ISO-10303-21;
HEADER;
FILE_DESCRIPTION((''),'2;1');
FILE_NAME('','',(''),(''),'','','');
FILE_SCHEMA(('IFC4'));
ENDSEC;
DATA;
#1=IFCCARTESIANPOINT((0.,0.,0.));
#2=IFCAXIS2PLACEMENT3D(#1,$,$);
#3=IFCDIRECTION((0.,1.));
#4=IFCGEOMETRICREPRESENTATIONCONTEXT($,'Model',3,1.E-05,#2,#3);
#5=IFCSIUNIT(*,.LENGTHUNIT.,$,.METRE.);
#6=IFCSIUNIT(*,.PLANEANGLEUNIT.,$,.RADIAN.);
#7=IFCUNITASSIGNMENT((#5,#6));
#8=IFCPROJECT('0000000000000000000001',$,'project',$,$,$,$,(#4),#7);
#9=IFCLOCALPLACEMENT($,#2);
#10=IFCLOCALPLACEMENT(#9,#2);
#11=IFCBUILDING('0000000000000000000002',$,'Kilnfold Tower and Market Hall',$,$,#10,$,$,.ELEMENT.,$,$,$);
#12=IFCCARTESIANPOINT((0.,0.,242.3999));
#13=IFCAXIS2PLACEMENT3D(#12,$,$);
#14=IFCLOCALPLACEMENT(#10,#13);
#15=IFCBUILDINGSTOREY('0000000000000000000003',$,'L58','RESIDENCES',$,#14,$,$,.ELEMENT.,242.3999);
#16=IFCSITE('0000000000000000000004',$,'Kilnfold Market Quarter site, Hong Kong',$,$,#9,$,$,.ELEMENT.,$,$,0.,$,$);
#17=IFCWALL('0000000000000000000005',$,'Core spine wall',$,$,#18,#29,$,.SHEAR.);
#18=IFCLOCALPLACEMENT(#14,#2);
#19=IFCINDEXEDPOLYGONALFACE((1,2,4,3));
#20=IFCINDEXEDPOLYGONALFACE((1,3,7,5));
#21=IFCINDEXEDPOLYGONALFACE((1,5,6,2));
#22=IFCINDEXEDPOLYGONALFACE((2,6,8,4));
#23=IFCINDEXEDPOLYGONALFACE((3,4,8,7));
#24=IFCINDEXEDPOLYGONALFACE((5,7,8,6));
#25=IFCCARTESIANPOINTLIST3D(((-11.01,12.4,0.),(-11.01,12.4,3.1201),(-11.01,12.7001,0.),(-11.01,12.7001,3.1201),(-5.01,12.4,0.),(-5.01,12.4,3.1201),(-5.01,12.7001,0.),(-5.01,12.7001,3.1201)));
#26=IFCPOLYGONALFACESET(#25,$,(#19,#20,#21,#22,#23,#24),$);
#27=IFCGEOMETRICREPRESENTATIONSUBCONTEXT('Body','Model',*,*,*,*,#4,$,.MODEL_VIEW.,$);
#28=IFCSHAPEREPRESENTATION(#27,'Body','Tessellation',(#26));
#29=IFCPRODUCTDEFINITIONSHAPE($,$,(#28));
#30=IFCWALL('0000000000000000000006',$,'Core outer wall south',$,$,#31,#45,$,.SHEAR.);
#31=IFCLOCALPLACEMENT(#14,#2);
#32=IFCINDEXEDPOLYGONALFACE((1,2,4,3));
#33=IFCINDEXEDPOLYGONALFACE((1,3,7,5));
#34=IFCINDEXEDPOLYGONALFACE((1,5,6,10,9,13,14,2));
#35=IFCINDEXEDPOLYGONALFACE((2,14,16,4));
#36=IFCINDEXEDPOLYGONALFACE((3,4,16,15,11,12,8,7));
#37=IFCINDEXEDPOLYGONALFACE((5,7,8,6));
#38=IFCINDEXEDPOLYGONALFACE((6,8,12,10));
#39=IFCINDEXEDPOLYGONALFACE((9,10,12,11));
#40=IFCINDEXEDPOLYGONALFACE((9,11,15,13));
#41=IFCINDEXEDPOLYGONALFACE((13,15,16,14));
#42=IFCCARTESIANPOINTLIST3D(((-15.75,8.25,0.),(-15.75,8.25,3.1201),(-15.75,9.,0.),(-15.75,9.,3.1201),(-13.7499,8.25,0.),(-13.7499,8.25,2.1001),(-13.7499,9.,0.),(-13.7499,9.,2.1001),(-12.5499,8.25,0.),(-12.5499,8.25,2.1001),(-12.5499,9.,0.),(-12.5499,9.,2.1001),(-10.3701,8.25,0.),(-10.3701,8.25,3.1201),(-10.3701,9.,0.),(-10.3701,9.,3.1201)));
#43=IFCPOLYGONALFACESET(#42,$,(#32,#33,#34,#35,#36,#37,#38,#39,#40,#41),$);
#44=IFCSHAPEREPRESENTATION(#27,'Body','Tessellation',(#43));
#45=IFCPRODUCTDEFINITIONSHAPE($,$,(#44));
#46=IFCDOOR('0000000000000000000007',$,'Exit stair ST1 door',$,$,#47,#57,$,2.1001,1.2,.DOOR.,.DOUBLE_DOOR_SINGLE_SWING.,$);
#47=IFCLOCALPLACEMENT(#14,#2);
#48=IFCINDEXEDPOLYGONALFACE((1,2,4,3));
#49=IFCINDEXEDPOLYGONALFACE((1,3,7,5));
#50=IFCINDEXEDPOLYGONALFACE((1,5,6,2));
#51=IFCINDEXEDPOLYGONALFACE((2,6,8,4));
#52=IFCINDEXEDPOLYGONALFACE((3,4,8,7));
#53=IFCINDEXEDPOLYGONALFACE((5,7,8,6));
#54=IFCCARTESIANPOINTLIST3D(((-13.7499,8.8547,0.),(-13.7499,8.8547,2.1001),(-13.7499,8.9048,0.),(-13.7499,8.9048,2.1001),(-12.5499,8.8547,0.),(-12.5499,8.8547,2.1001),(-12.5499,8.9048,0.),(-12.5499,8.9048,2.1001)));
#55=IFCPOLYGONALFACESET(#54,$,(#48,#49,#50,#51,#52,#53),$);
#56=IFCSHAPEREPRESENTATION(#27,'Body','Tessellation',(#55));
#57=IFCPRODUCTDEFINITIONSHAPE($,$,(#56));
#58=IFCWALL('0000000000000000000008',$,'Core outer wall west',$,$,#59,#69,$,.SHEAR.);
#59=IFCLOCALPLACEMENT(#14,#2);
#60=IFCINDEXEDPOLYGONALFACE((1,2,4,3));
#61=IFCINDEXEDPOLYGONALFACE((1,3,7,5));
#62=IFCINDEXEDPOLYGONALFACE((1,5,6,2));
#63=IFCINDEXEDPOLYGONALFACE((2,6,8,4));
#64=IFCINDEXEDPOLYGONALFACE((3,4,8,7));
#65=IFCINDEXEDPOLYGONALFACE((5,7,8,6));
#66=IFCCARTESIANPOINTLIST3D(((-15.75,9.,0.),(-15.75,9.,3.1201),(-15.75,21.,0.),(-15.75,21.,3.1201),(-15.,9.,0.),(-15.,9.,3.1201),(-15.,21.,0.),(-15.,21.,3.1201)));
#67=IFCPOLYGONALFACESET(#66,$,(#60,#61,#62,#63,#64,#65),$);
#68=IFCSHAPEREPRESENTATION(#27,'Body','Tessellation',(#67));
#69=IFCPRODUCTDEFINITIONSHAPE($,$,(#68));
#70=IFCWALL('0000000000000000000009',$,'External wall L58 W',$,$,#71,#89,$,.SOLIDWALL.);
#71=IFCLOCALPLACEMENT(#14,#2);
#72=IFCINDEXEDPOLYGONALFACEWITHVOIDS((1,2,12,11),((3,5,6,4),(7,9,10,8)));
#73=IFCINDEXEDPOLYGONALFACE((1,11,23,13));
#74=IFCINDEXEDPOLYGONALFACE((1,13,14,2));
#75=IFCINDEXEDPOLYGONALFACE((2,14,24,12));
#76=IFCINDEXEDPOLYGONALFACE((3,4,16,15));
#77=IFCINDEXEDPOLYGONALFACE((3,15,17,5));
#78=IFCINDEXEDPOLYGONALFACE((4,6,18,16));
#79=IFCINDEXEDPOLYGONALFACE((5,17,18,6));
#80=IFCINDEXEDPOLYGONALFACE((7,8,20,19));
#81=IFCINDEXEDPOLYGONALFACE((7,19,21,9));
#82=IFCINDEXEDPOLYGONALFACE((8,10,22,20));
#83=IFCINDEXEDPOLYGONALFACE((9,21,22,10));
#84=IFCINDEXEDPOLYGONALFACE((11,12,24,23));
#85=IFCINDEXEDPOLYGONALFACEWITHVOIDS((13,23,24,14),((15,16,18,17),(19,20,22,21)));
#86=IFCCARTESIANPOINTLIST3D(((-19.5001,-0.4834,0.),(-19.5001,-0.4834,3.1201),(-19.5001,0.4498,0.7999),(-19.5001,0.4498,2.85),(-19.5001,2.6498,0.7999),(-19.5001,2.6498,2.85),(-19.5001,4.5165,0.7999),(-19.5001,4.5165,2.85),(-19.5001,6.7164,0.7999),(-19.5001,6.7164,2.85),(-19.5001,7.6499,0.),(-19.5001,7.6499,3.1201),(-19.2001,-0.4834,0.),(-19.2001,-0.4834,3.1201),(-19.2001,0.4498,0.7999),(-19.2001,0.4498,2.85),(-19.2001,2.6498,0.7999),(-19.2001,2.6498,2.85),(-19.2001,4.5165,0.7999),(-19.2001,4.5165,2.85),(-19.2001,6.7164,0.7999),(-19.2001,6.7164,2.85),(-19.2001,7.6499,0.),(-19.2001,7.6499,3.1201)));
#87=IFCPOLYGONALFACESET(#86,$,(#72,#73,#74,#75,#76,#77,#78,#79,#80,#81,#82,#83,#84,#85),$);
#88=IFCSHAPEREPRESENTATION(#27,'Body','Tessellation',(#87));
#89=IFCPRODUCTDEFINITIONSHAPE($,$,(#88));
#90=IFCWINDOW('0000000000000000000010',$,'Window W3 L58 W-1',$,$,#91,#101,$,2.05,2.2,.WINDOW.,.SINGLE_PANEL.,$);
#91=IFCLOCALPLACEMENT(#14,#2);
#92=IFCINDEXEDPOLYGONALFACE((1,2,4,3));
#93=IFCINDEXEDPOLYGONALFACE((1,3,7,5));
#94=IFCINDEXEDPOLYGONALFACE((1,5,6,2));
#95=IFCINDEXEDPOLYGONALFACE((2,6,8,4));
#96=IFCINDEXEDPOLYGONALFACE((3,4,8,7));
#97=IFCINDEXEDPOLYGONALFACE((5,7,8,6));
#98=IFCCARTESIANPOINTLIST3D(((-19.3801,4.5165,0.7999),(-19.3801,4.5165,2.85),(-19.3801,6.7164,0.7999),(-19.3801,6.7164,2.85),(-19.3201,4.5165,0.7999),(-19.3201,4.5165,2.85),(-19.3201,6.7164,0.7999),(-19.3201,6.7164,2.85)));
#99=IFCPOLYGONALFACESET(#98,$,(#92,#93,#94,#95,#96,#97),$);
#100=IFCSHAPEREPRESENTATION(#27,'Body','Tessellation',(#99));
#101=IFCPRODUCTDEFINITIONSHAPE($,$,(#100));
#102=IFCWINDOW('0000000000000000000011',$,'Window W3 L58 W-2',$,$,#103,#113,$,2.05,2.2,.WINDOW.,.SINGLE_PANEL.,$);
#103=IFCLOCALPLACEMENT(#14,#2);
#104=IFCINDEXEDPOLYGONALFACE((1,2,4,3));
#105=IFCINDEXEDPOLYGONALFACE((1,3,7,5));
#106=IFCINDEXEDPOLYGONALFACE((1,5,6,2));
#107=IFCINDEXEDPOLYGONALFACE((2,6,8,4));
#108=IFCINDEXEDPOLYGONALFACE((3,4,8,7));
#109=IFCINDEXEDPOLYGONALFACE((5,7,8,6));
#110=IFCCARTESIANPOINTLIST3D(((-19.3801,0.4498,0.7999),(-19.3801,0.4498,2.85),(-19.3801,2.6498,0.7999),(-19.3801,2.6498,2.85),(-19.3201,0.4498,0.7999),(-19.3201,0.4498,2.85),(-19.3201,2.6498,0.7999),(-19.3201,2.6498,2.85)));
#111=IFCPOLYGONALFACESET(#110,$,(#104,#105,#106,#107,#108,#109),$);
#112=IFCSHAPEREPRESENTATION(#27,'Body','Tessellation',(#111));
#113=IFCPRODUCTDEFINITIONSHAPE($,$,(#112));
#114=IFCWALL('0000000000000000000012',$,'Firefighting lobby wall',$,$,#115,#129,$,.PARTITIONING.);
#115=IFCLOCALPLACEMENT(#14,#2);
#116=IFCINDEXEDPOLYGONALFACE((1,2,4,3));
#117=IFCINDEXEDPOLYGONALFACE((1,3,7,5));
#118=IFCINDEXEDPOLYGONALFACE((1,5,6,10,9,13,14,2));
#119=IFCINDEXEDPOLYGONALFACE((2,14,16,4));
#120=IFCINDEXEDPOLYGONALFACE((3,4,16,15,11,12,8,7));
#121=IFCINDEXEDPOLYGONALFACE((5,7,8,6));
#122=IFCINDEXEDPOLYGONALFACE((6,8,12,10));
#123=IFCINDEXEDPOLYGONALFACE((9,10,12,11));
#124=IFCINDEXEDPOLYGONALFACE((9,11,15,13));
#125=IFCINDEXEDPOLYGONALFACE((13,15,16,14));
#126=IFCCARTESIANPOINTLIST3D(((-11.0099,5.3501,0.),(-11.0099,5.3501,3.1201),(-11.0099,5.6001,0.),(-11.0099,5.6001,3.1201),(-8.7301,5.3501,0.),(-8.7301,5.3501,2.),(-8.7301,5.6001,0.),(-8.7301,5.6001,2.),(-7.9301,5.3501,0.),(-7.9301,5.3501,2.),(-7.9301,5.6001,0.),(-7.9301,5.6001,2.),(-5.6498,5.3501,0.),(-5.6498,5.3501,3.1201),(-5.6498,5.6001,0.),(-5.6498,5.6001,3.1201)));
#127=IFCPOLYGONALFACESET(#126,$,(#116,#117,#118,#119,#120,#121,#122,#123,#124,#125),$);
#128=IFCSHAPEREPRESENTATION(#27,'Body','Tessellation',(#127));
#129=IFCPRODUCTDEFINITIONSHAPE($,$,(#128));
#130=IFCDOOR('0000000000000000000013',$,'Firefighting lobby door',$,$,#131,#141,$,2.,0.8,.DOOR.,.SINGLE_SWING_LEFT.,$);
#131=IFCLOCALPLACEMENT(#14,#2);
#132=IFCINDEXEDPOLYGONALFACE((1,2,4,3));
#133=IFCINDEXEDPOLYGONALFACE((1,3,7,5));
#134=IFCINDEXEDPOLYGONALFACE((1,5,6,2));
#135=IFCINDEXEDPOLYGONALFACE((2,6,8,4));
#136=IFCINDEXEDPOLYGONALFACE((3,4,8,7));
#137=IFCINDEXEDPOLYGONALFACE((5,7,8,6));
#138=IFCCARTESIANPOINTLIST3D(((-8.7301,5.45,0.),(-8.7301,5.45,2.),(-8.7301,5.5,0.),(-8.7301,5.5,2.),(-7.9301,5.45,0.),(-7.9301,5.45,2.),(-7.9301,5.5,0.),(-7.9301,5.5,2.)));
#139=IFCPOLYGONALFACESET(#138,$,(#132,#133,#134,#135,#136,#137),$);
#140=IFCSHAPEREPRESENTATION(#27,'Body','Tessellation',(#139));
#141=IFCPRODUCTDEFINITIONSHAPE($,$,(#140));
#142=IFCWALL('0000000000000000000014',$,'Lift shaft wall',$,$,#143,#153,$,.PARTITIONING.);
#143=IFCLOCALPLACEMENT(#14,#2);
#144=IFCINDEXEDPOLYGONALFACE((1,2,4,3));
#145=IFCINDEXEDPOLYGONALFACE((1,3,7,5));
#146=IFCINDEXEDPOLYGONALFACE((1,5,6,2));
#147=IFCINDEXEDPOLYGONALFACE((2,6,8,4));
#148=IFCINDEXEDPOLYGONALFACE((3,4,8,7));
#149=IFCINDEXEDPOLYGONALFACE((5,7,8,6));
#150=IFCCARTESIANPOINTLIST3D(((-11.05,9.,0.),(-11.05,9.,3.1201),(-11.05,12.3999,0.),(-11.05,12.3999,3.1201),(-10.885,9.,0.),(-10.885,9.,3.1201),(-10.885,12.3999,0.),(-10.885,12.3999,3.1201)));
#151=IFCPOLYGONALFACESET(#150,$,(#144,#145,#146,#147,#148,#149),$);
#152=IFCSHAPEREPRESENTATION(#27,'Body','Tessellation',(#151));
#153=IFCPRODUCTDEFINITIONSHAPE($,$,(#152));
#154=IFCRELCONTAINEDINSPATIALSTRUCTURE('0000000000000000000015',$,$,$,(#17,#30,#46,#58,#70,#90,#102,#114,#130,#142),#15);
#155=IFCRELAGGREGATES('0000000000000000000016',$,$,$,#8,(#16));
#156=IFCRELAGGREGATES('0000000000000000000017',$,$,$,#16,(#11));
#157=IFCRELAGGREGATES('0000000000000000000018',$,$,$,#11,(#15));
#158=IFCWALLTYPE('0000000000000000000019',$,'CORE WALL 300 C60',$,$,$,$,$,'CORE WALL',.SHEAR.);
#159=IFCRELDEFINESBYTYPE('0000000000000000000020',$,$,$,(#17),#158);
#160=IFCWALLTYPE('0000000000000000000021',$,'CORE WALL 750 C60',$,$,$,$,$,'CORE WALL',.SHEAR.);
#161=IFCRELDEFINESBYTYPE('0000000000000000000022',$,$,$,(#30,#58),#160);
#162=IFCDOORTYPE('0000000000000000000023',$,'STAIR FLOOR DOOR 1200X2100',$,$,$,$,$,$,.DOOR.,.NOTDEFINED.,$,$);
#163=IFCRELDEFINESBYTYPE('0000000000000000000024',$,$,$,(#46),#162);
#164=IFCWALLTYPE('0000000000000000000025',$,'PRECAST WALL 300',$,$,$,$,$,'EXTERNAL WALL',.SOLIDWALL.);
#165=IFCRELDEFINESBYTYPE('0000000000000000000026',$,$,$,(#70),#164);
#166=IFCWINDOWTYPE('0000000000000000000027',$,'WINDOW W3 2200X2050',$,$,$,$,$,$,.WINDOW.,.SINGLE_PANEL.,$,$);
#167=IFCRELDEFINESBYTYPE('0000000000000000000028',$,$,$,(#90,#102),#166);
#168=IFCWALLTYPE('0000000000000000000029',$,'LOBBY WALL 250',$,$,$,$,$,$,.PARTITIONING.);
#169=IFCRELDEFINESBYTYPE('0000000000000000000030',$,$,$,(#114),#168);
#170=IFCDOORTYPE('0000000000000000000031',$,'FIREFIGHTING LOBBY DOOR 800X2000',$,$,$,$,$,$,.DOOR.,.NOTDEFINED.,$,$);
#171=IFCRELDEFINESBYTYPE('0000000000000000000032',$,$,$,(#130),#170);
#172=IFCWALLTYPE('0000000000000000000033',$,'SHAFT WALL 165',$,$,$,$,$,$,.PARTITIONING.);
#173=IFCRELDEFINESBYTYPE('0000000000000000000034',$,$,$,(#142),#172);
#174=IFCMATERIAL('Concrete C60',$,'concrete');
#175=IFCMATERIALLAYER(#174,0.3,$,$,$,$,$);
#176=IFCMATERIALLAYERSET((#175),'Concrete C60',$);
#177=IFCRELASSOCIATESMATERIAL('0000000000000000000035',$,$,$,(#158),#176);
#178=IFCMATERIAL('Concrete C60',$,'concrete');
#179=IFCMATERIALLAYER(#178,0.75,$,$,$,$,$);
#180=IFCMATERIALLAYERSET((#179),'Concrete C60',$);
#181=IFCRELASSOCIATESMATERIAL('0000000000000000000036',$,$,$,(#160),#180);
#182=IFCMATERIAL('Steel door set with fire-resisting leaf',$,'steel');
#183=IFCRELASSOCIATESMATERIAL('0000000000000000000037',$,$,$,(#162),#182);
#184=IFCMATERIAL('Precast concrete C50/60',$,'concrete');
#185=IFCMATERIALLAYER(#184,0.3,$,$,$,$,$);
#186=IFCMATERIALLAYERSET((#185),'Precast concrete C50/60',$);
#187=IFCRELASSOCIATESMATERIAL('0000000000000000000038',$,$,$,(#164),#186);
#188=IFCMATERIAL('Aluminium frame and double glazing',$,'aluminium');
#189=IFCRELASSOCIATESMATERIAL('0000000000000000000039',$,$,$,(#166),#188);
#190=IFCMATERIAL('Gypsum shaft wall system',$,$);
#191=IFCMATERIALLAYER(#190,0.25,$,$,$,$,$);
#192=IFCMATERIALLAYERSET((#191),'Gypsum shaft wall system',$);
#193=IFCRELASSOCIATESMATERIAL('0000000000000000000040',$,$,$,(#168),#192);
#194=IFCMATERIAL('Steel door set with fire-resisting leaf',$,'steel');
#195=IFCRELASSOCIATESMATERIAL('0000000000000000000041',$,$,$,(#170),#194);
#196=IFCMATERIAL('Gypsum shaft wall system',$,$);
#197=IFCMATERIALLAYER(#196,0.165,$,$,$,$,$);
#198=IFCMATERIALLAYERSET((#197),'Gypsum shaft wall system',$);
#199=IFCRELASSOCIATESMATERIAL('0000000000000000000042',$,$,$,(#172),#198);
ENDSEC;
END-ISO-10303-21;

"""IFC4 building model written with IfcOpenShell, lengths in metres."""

from ifc_helpers import new_model, si_unit, direction, frame, frame_2d, origin, place, context, subcontext, project, spatial, rectangle, extrude, source, transform, mapped, material, layer, layer_set, type_object, element, fill, save


model = new_model("IFC4")

# Units and contexts
model_context = context("Model", 3, precision=1e-05, world=origin(), true_north=direction((0.0, 1.0)))
body_context = subcontext(model_context, "Body", "Model", "MODEL_VIEW")
ifc_project = project(units=[si_unit("LENGTHUNIT", "METRE"), si_unit("PLANEANGLEUNIT", "RADIAN")], contexts=[model_context])

# Site, building, storey
site_placement = place(None, origin())
site = spatial("IfcSite", under=ifc_project, at=site_placement, Name="Kilnfold Market Quarter site, Hong Kong", CompositionType="ELEMENT", RefElevation=0.0)
building_placement = place(site_placement, origin())
building = spatial("IfcBuilding", under=site, at=building_placement, Name="Kilnfold Tower and Market Hall", CompositionType="ELEMENT")
storey_placement = place(building_placement, frame((0.0, 0.0, 242.3999)))
storey = spatial("IfcBuildingStorey", under=building, at=storey_placement, Name="L58", Description="RESIDENCES", CompositionType="ELEMENT", Elevation=242.3999)

# Wall
ifc_material_1 = material(Name="Concrete C60", Category="concrete")
ifc_layer_1 = layer(ifc_material_1, 0.3)
ifc_layer_set_1 = layer_set([ifc_layer_1], Name="Concrete C60")
wall_type_1 = type_object("IfcWallType", Name="CORE WALL 300 C60", ElementType="CORE WALL", PredefinedType="SHEAR", material=ifc_layer_set_1)
shared_shape_1 = source(origin(), body_context, "Body", "SweptSolid", [
    extrude(rectangle(XDim=6.0, YDim=0.3, at=frame_2d((3.0, 0.0))), origin(), (0.0, 0.0, 1.0), 3.1201),
])
wall_1_placement = place(storey_placement, frame((-11.01, 12.55, 0.0), z_axis=(0.0, 0.0, 1.0), x_axis=(1.0, 0.0, 0.0)))
element("IfcWall", 1, at=wall_1_placement, inside=storey, type_object=wall_type_1, Name="Core spine wall", PredefinedType="SHEAR", context=body_context, shape_type="MappedRepresentation", body=[
    mapped(shared_shape_1, transform((0.0, 0.0, 0.0))),
])

# Wall, opening, door
ifc_material_2 = material(Name="Concrete C60", Category="concrete")
ifc_layer_2 = layer(ifc_material_2, 0.75)
ifc_layer_set_2 = layer_set([ifc_layer_2], Name="Concrete C60")
wall_type_2 = type_object("IfcWallType", Name="CORE WALL 750 C60", ElementType="CORE WALL", PredefinedType="SHEAR", material=ifc_layer_set_2)
shared_shape_2 = source(origin(), body_context, "Body", "SweptSolid", [
    extrude(rectangle(XDim=5.3799, YDim=0.75, at=frame_2d((2.6899, 0.0))), origin(), (0.0, 0.0, 1.0), 3.1201),
])
wall_2_placement = place(storey_placement, frame((-15.75, 8.625, 0.0), z_axis=(0.0, 0.0, 1.0), x_axis=(1.0, 0.0, 0.0)))
wall_2 = element("IfcWall", 2, at=wall_2_placement, inside=storey, type_object=wall_type_2, Name="Core outer wall south", PredefinedType="SHEAR", context=body_context, shape_type="MappedRepresentation", body=[
    mapped(shared_shape_2, transform((0.0, 0.0, 0.0))),
])
opening_1_placement = place(wall_2_placement, frame((2.0, 0.0, 0.0)))
opening_1 = element("IfcOpeningElement", 3, at=opening_1_placement, cuts=wall_2, PredefinedType="OPENING", context=body_context, shape_type="SweptSolid", body=[
    extrude(rectangle(XDim=1.2, YDim=2.1001, at=frame_2d((0.6001, 1.05))), frame((0.0, 0.385, 0.0), z_axis=(0.0, -1.0, 0.0), x_axis=(1.0, 0.0, 0.0)), (0.0, 0.0, 1.0), 0.77),
])
ifc_material_3 = material(Name="Steel door set with fire-resisting leaf", Category="steel")
door_type_1 = type_object("IfcDoorType", Name="STAIR FLOOR DOOR 1200X2100", OperationType="NOTDEFINED", PredefinedType="DOOR", material=ifc_material_3)
door_1_placement = place(opening_1_placement, origin())
door_1 = element("IfcDoor", 4, at=door_1_placement, inside=storey, type_object=door_type_1, Name="Exit stair ST1 door", OperationType="DOUBLE_DOOR_SINGLE_SWING", OverallHeight=2.1001, OverallWidth=1.2, PredefinedType="DOOR", context=body_context, shape_type="SweptSolid", body=[
    extrude(rectangle(XDim=1.2, YDim=2.1001, at=frame_2d((0.6001, 1.05))), frame((0.0, 0.2798, 0.0), z_axis=(0.0, -1.0, 0.0), x_axis=(1.0, 0.0, 0.0)), (0.0, 0.0, 1.0), 0.05),
])
fill(opening_1, door_1)

# Wall
shared_shape_3 = source(origin(), body_context, "Body", "SweptSolid", [
    extrude(rectangle(XDim=12.0, YDim=0.75, at=frame_2d((6.0, 0.0))), origin(), (0.0, 0.0, 1.0), 3.1201),
])
wall_3_placement = place(storey_placement, frame((-15.375, 9.0, 0.0), z_axis=(0.0, 0.0, 1.0), x_axis=(0.0, 1.0, 0.0)))
element("IfcWall", 5, at=wall_3_placement, inside=storey, type_object=wall_type_2, Name="Core outer wall west", PredefinedType="SHEAR", context=body_context, shape_type="MappedRepresentation", body=[
    mapped(shared_shape_3, transform((0.0, 0.0, 0.0))),
])

# Wall, openings, windows
ifc_material_4 = material(Name="Precast concrete C50/60", Category="concrete")
ifc_layer_3 = layer(ifc_material_4, 0.3)
ifc_layer_set_3 = layer_set([ifc_layer_3], Name="Precast concrete C50/60")
wall_type_3 = type_object("IfcWallType", Name="PRECAST WALL 300", ElementType="EXTERNAL WALL", PredefinedType="SOLIDWALL", material=ifc_layer_set_3)
shared_shape_4 = source(origin(), body_context, "Body", "SweptSolid", [
    extrude(rectangle(XDim=8.1333, YDim=0.3, at=frame_2d((4.0667, 0.0))), origin(), (0.0, 0.0, 1.0), 3.1201),
])
wall_4_placement = place(storey_placement, frame((-19.3501, 7.6499, 0.0), z_axis=(0.0, 0.0, 1.0), x_axis=(0.0, -1.0, 0.0)))
wall_4 = element("IfcWall", 6, at=wall_4_placement, inside=storey, type_object=wall_type_3, Name="External wall L58 W", PredefinedType="SOLIDWALL", context=body_context, shape_type="MappedRepresentation", body=[
    mapped(shared_shape_4, transform((0.0, 0.0, 0.0))),
])
opening_2_placement = place(wall_4_placement, frame((0.9333, 0.0, 0.8)))
opening_2 = element("IfcOpeningElement", 7, at=opening_2_placement, cuts=wall_4, PredefinedType="OPENING", context=body_context, shape_type="SweptSolid", body=[
    extrude(rectangle(XDim=2.2, YDim=2.05, at=frame_2d((1.1001, 1.0249))), frame((0.0, 0.1602, 0.0), z_axis=(0.0, -1.0, 0.0), x_axis=(1.0, 0.0, 0.0)), (0.0, 0.0, 1.0), 0.3201),
])
opening_3_placement = place(wall_4_placement, frame((5.0, 0.0, 0.8)))
opening_3 = element("IfcOpeningElement", 8, at=opening_3_placement, cuts=wall_4, PredefinedType="OPENING", context=body_context, shape_type="SweptSolid", body=[
    extrude(rectangle(XDim=2.2, YDim=2.05, at=frame_2d((1.1001, 1.0249))), frame((0.0, 0.1602, 0.0), z_axis=(0.0, -1.0, 0.0), x_axis=(1.0, 0.0, 0.0)), (0.0, 0.0, 1.0), 0.3201),
])
ifc_material_5 = material(Name="Aluminium frame and double glazing", Category="aluminium")
window_type = type_object("IfcWindowType", Name="WINDOW W3 2200X2050", PartitioningType="SINGLE_PANEL", PredefinedType="WINDOW", material=ifc_material_5)
window_1_placement = place(opening_2_placement, origin())
window_1 = element("IfcWindow", 9, at=window_1_placement, inside=storey, type_object=window_type, Name="Window W3 L58 W-1", OverallHeight=2.05, OverallWidth=2.2, PartitioningType="SINGLE_PANEL", PredefinedType="WINDOW", context=body_context, shape_type="SweptSolid", body=[
    extrude(rectangle(XDim=2.2, YDim=2.05, at=frame_2d((1.1001, 1.0249))), frame((0.0, 0.03, 0.0), z_axis=(0.0, -1.0, 0.0), x_axis=(1.0, 0.0, 0.0)), (0.0, 0.0, 1.0), 0.0601),
])
fill(opening_2, window_1)
window_2_placement = place(opening_3_placement, origin())
window_2 = element("IfcWindow", 10, at=window_2_placement, inside=storey, type_object=window_type, Name="Window W3 L58 W-2", OverallHeight=2.05, OverallWidth=2.2, PartitioningType="SINGLE_PANEL", PredefinedType="WINDOW", context=body_context, shape_type="SweptSolid", body=[
    extrude(rectangle(XDim=2.2, YDim=2.05, at=frame_2d((1.1001, 1.0249))), frame((0.0, 0.03, 0.0), z_axis=(0.0, -1.0, 0.0), x_axis=(1.0, 0.0, 0.0)), (0.0, 0.0, 1.0), 0.0601),
])
fill(opening_3, window_2)

# Wall, opening, door
ifc_material_6 = material(Name="Gypsum shaft wall system")
ifc_layer_4 = layer(ifc_material_6, 0.25)
ifc_layer_set_4 = layer_set([ifc_layer_4], Name="Gypsum shaft wall system")
wall_type_4 = type_object("IfcWallType", Name="LOBBY WALL 250", PredefinedType="PARTITIONING", material=ifc_layer_set_4)
shared_shape_5 = source(origin(), body_context, "Body", "SweptSolid", [
    extrude(rectangle(XDim=5.3601, YDim=0.25, at=frame_2d((2.6802, 0.0))), origin(), (0.0, 0.0, 1.0), 3.1201),
])
wall_5_placement = place(storey_placement, frame((-11.01, 5.4751, 0.0), z_axis=(0.0, 0.0, 1.0), x_axis=(1.0, 0.0, 0.0)))
wall_5 = element("IfcWall", 11, at=wall_5_placement, inside=storey, type_object=wall_type_4, Name="Firefighting lobby wall", PredefinedType="PARTITIONING", context=body_context, shape_type="MappedRepresentation", body=[
    mapped(shared_shape_5, transform((0.0, 0.0, 0.0))),
])
opening_4_placement = place(wall_5_placement, frame((2.28, 0.0, 0.0)))
opening_4 = element("IfcOpeningElement", 12, at=opening_4_placement, cuts=wall_5, PredefinedType="OPENING", context=body_context, shape_type="SweptSolid", body=[
    extrude(rectangle(XDim=0.8, YDim=2.0, at=frame_2d((0.3999, 1.0))), frame((0.0, 0.135, 0.0), z_axis=(0.0, -1.0, 0.0), x_axis=(1.0, 0.0, 0.0)), (0.0, 0.0, 1.0), 0.27),
])
ifc_material_7 = material(Name="Steel door set with fire-resisting leaf", Category="steel")
door_type_2 = type_object("IfcDoorType", Name="FIREFIGHTING LOBBY DOOR 800X2000", OperationType="NOTDEFINED", PredefinedType="DOOR", material=ifc_material_7)
door_2_placement = place(opening_4_placement, origin())
door_2 = element("IfcDoor", 13, at=door_2_placement, inside=storey, type_object=door_type_2, Name="Firefighting lobby door", OperationType="SINGLE_SWING_LEFT", OverallHeight=2.0, OverallWidth=0.8, PredefinedType="DOOR", context=body_context, shape_type="SweptSolid", body=[
    extrude(rectangle(XDim=0.8, YDim=2.0, at=frame_2d((0.3999, 1.0))), frame((0.0, 0.0249, 0.0), z_axis=(0.0, -1.0, 0.0), x_axis=(1.0, 0.0, 0.0)), (0.0, 0.0, 1.0), 0.05),
])
fill(opening_4, door_2)

# Wall
ifc_material_8 = material(Name="Gypsum shaft wall system")
ifc_layer_5 = layer(ifc_material_8, 0.165)
ifc_layer_set_5 = layer_set([ifc_layer_5], Name="Gypsum shaft wall system")
wall_type_5 = type_object("IfcWallType", Name="SHAFT WALL 165", PredefinedType="PARTITIONING", material=ifc_layer_set_5)
shared_shape_6 = source(origin(), body_context, "Body", "SweptSolid", [
    extrude(rectangle(XDim=3.3999, YDim=0.165, at=frame_2d((1.7, 0.0))), origin(), (0.0, 0.0, 1.0), 3.1201),
])
wall_6_placement = place(storey_placement, frame((-10.9675, 9.0, 0.0), z_axis=(0.0, 0.0, 1.0), x_axis=(0.0, 1.0, 0.0)))
element("IfcWall", 14, at=wall_6_placement, inside=storey, type_object=wall_type_5, Name="Lift shaft wall", PredefinedType="PARTITIONING", context=body_context, shape_type="MappedRepresentation", body=[
    mapped(shared_shape_6, transform((0.0, 0.0, 0.0))),
])

save(model, "model.ifc")
